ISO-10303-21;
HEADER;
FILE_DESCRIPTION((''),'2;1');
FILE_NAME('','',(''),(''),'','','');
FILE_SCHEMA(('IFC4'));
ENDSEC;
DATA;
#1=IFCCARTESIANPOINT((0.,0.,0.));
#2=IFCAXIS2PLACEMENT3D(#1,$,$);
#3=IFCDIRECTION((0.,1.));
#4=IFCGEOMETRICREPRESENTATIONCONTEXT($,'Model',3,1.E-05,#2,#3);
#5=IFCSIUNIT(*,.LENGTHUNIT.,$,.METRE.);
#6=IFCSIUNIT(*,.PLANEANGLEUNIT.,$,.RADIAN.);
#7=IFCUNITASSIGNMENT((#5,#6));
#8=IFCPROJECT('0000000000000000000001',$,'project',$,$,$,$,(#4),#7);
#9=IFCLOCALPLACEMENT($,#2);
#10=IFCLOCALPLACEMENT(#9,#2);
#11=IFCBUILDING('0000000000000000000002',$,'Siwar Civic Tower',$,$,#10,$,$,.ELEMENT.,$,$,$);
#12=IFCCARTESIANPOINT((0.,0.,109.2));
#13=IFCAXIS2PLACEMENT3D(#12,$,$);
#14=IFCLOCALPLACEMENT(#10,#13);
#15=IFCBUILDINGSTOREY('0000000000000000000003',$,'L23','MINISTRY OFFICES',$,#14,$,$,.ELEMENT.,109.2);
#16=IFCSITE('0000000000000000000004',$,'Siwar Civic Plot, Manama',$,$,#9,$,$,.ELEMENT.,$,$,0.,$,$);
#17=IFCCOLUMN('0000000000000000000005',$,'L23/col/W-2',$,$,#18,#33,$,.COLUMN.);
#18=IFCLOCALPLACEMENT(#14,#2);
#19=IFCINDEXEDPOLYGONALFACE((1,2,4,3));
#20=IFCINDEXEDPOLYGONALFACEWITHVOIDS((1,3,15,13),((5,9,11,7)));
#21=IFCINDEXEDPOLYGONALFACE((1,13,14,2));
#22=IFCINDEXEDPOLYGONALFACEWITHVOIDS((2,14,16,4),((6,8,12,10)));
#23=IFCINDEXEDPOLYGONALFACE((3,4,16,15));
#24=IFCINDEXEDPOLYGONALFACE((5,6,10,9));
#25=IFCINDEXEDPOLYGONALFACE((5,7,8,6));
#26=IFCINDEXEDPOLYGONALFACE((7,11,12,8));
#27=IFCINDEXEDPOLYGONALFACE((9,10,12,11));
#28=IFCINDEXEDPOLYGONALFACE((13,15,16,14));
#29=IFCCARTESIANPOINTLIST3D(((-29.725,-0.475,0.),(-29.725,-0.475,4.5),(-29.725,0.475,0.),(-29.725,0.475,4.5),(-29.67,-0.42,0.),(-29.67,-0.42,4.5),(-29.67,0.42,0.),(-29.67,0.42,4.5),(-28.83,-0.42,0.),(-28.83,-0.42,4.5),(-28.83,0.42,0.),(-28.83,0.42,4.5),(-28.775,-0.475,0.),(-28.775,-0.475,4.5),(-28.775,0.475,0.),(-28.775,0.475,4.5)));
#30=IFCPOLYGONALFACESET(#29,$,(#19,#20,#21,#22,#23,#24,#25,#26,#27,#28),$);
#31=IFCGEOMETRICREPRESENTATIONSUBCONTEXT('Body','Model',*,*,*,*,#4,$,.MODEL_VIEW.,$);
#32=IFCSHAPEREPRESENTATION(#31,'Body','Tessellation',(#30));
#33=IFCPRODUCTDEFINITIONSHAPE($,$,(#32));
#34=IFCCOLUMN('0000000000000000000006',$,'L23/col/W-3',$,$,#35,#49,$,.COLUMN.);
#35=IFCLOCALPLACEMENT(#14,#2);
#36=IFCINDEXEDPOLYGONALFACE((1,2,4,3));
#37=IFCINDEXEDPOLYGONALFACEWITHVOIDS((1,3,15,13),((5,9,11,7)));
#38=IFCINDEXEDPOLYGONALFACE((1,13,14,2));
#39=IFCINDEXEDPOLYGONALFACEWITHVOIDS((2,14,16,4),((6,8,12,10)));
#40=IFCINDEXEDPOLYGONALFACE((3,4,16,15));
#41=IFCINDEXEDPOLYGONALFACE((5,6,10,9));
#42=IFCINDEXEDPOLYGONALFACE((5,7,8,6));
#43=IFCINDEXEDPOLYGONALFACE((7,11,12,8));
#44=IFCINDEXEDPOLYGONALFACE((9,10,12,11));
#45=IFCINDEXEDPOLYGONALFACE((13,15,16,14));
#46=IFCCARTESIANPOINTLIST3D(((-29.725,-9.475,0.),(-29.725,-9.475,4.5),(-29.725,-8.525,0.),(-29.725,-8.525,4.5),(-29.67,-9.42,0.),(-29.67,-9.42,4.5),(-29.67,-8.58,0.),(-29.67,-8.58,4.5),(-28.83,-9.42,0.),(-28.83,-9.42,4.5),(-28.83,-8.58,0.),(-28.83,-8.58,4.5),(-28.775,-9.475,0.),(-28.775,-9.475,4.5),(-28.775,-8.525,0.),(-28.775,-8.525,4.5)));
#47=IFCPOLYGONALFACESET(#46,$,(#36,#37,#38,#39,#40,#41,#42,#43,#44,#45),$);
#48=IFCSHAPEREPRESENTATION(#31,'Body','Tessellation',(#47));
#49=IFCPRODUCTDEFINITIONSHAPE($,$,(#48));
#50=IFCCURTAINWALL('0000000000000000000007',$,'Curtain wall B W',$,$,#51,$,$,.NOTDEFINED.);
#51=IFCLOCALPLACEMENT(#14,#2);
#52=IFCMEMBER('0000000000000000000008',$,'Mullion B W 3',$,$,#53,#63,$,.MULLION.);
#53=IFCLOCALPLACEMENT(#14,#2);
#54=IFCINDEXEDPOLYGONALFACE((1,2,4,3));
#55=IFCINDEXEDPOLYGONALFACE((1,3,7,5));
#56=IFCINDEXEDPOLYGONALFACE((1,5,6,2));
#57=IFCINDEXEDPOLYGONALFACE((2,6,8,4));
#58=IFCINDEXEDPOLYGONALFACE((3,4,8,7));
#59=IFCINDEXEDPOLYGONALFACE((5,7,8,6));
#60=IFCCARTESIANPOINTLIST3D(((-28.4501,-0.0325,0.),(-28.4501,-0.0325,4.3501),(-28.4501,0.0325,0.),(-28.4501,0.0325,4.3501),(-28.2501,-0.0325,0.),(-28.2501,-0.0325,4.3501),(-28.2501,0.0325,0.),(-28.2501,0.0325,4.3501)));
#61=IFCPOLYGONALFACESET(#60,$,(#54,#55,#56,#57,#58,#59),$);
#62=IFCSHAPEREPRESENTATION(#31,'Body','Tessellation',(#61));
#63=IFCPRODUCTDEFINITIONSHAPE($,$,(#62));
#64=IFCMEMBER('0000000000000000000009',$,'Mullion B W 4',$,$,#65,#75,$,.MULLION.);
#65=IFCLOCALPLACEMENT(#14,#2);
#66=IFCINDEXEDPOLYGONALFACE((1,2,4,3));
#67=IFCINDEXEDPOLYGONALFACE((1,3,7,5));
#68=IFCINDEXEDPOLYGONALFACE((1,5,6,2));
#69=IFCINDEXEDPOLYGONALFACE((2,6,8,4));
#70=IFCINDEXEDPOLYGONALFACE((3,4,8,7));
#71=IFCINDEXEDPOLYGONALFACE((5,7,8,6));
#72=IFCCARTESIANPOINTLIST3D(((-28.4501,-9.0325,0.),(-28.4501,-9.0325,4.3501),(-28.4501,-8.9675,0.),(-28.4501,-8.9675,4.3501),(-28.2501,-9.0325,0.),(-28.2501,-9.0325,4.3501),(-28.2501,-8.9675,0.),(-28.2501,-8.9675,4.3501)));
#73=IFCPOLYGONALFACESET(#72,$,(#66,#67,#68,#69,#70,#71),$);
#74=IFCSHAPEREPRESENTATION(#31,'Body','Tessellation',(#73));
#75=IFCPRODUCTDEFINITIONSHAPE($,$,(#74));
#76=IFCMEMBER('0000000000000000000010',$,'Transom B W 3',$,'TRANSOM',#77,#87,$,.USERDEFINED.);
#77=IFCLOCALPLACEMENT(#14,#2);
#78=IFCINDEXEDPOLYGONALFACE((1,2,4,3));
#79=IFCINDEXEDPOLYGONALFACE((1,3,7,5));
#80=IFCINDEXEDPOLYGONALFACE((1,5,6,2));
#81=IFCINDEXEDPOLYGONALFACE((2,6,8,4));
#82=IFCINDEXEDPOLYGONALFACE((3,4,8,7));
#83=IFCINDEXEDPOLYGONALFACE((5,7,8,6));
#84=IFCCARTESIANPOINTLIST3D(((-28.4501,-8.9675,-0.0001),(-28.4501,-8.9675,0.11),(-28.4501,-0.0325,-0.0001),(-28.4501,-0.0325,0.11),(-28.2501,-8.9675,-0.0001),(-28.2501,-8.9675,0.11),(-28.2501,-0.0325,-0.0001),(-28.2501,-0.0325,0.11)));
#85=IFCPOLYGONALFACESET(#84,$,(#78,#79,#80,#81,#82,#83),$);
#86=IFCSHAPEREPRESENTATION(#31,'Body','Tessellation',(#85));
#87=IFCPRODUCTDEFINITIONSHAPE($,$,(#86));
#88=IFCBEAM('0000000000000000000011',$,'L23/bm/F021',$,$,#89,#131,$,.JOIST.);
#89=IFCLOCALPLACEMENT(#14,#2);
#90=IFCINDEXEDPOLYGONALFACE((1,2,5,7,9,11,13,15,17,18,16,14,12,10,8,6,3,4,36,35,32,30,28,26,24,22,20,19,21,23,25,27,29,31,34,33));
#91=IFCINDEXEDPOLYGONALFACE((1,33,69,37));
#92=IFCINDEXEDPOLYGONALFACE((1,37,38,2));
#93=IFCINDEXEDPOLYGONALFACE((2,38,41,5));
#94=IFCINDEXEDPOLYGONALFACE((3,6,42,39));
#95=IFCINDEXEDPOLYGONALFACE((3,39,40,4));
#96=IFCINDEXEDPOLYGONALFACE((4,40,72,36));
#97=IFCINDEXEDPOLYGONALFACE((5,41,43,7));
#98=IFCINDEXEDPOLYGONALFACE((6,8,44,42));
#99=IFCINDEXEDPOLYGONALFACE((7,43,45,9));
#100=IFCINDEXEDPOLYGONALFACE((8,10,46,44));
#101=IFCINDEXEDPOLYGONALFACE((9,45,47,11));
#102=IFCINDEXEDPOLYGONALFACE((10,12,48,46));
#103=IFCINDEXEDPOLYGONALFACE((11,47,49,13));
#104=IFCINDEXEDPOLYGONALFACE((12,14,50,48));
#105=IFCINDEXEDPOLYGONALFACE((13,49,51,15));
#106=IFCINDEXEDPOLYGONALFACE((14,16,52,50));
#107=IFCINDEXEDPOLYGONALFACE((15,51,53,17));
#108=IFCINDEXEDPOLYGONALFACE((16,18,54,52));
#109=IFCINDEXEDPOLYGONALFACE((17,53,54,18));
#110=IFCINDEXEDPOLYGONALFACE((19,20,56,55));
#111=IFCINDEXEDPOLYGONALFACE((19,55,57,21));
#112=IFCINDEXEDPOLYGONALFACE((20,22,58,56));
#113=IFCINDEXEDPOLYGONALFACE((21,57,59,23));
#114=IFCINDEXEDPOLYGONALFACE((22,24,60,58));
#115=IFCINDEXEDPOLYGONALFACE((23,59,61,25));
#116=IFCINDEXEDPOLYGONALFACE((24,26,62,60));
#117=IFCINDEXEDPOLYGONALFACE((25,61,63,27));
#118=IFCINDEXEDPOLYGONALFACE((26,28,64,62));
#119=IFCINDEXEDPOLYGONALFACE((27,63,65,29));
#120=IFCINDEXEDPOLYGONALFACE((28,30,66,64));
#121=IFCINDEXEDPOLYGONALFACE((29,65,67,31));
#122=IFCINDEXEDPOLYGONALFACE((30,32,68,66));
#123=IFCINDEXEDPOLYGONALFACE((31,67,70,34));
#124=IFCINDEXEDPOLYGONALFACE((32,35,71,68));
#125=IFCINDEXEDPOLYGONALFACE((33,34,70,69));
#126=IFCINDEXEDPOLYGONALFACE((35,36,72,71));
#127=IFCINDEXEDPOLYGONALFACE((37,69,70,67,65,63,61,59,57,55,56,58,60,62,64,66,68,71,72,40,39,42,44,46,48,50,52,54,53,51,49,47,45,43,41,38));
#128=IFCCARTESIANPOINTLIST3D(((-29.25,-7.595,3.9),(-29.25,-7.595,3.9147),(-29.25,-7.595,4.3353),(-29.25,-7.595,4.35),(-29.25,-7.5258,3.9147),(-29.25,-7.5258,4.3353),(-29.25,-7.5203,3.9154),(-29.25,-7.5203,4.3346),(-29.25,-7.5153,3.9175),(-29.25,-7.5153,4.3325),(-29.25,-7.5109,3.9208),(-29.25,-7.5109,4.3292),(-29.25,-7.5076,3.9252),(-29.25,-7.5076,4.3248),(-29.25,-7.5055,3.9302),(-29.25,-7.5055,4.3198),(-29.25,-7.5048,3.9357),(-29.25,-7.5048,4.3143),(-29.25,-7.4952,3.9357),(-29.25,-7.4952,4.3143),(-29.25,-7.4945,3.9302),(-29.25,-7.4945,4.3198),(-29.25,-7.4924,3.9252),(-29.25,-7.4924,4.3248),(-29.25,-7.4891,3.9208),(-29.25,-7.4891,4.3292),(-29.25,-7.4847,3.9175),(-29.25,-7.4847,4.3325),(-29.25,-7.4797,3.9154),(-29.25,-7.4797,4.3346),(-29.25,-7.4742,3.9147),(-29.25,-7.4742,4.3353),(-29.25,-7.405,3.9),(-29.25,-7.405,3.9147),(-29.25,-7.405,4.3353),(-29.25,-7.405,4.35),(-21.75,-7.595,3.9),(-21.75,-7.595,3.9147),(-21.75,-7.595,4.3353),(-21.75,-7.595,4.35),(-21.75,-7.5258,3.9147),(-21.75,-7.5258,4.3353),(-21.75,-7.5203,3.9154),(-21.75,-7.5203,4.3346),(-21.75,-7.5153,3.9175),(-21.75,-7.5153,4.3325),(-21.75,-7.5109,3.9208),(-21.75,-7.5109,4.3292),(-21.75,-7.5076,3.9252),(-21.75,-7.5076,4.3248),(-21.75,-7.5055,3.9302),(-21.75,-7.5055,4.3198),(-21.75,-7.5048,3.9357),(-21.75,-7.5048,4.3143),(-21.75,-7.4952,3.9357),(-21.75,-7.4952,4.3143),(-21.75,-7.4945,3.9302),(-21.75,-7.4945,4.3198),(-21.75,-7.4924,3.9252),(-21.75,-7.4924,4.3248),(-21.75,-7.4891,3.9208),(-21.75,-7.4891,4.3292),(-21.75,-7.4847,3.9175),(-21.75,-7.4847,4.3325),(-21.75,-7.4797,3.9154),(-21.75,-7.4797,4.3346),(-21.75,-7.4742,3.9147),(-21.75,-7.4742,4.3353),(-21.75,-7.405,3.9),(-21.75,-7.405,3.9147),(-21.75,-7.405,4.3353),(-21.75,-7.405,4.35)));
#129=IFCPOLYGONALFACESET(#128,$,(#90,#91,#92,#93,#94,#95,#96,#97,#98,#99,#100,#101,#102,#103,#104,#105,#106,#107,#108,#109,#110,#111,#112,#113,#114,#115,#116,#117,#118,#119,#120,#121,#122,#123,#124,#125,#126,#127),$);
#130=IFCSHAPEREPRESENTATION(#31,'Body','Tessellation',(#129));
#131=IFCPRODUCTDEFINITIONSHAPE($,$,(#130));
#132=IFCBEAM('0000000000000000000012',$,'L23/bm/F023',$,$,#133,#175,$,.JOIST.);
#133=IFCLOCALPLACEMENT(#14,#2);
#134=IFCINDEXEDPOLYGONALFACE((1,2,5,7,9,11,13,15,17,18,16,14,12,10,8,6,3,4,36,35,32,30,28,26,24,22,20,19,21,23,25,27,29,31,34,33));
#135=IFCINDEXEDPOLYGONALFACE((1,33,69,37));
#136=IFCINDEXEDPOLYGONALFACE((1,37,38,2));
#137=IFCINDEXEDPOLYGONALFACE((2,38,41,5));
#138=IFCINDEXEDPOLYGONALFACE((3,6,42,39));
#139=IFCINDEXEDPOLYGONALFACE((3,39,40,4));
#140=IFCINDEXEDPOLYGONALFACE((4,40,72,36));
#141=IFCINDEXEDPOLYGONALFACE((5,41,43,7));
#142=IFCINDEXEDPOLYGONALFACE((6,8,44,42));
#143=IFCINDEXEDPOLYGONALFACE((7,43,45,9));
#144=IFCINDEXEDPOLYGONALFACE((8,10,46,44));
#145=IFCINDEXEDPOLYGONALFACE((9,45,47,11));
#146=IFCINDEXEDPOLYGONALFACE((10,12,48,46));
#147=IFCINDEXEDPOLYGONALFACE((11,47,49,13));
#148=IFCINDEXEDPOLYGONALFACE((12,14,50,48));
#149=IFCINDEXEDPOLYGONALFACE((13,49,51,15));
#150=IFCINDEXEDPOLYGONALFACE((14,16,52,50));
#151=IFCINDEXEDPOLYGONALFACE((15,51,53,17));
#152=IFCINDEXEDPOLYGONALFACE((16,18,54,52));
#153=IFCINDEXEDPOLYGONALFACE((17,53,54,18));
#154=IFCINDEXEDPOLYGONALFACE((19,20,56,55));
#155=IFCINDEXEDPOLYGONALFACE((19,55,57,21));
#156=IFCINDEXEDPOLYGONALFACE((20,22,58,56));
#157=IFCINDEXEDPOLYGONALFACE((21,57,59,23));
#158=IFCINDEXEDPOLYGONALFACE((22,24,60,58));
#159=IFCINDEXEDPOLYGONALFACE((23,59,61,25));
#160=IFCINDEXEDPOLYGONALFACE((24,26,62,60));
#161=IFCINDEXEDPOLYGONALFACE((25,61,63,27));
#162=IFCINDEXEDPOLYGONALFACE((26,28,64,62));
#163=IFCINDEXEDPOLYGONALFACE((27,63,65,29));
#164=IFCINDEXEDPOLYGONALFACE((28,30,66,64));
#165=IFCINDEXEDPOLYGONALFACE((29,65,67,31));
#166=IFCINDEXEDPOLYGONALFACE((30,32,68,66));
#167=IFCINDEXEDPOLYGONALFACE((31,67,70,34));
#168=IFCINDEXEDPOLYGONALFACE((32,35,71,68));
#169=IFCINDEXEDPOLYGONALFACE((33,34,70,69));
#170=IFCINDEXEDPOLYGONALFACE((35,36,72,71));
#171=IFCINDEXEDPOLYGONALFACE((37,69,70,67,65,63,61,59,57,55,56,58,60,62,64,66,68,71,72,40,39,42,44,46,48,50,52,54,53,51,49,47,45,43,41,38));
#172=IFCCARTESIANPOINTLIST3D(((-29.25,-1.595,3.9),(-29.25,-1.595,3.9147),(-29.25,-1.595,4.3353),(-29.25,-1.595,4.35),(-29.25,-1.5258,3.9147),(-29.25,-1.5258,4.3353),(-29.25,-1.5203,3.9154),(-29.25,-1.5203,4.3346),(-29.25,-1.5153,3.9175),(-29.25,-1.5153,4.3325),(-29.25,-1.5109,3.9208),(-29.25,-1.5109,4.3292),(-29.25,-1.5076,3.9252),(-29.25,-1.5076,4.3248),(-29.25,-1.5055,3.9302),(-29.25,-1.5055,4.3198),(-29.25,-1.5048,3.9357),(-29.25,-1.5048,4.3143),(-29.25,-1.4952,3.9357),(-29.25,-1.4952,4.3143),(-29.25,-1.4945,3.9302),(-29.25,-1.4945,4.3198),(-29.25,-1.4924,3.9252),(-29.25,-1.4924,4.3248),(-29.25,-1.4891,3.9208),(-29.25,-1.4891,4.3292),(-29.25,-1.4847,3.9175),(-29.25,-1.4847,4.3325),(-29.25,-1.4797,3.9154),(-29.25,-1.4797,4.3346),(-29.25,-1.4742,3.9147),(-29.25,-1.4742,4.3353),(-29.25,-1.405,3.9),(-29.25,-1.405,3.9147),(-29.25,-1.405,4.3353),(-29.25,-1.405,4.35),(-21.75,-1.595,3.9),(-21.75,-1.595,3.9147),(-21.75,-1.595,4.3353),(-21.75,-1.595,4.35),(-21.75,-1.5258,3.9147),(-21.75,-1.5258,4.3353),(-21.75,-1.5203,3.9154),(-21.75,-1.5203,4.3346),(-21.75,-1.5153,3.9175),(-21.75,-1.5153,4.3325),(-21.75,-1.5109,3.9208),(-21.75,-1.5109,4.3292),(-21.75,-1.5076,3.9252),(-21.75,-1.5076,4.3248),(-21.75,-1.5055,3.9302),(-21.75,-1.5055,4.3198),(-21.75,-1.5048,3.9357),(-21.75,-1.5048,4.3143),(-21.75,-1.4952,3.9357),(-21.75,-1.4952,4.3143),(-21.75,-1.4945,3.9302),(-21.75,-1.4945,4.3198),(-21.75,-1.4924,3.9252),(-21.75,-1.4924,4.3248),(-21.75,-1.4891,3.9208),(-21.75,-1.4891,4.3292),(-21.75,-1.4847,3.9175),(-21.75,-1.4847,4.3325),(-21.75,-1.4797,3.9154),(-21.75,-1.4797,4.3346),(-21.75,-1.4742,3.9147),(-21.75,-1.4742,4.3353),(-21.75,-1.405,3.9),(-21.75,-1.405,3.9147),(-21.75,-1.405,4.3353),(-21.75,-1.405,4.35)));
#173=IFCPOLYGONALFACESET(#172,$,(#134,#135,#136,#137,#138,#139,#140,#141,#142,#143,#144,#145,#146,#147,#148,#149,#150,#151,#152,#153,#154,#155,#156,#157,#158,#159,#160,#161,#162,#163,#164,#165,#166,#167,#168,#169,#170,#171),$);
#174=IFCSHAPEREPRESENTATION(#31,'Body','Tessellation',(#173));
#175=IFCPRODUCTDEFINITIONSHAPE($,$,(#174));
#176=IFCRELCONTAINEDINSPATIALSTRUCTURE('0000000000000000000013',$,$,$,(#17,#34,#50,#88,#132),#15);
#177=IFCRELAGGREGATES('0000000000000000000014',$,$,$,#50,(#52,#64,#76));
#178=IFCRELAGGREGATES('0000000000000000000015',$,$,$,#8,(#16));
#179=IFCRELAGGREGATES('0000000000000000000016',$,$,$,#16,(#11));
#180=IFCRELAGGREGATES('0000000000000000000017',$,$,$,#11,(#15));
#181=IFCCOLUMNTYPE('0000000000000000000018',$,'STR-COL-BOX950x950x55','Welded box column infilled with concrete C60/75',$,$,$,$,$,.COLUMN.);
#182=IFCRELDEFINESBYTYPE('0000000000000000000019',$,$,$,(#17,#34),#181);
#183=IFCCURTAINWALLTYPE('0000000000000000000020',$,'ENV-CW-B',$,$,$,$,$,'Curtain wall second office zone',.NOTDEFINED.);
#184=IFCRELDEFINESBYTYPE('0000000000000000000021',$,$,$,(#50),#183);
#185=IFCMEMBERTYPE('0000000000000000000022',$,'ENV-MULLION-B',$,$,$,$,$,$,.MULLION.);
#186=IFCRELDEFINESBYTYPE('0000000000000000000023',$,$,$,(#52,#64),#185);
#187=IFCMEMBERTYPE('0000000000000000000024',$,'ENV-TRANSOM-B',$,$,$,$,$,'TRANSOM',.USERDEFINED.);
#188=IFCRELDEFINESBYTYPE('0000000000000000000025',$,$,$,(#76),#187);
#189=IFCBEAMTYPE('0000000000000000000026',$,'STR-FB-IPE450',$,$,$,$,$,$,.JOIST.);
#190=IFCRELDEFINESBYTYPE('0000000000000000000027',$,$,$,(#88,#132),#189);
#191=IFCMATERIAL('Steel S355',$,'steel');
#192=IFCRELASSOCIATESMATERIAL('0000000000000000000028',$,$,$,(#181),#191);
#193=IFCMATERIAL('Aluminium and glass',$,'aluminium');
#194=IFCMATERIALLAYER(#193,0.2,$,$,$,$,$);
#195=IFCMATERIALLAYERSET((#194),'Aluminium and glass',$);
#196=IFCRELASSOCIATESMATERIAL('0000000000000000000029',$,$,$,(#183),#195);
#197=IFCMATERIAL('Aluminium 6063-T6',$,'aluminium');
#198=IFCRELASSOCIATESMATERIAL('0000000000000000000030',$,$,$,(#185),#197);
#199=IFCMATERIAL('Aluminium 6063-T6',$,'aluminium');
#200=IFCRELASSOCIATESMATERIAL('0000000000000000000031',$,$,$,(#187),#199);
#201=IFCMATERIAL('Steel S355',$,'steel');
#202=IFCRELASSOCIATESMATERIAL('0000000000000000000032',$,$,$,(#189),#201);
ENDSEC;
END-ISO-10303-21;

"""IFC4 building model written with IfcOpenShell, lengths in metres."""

from ifc_helpers import new_model, si_unit, direction, frame, origin, origin_2d, place, context, subcontext, project, spatial, rectangle, hollow_rectangle, i_section, extrude, material, layer, layer_set, material_profile, profile_set, type_object, element, aggregate, save


model = new_model("IFC4")

# Units and contexts
model_context = context("Model", 3, precision=1e-05, world=origin(), true_north=direction((0.0, 1.0)))
body_context = subcontext(model_context, "Body", "Model", "MODEL_VIEW")
ifc_project = project(units=[si_unit("LENGTHUNIT", "METRE"), si_unit("PLANEANGLEUNIT", "RADIAN")], contexts=[model_context])

# Site, building, storey
site_placement = place(None, origin())
site = spatial("IfcSite", under=ifc_project, at=site_placement, Name="Siwar Civic Plot, Manama", CompositionType="ELEMENT", RefElevation=0.0)
building_placement = place(site_placement, origin())
building = spatial("IfcBuilding", under=site, at=building_placement, Name="Siwar Civic Tower", CompositionType="ELEMENT")
storey_placement = place(building_placement, frame((0.0, 0.0, 109.2)))
storey = spatial("IfcBuildingStorey", under=building, at=storey_placement, Name="L23", Description="MINISTRY OFFICES", CompositionType="ELEMENT", Elevation=109.2)

# Columns
ifc_material_1 = material(Name="Steel S355", Category="steel")
ifc_material_profile_1 = material_profile(ifc_material_1, hollow_rectangle(XDim=0.95, YDim=0.95, WallThickness=0.0549, at=origin_2d()), Name="BOX950x950x55")
ifc_profile_set_1 = profile_set([ifc_material_profile_1], Name="Steel S355")
column_type = type_object("IfcColumnType", Name="STR-COL-BOX950x950x55", Description="Welded box column infilled with concrete C60/75", PredefinedType="COLUMN", material=ifc_profile_set_1)
for number, where, z_axis, x_axis, name in (
    (1, (-29.25, 0.0, 0.0), (0.0, 0.0, 1.0), (1.0, 0.0, 0.0), "L23/col/W-2"),
    (2, (-29.25, -9.0, 0.0), (0.0, 0.0, 1.0), (1.0, 0.0, 0.0), "L23/col/W-3"),
):
    element("IfcColumn", number, at=place(storey_placement, frame(where, z_axis=z_axis, x_axis=x_axis)), inside=storey, type_object=column_type, Name=name, PredefinedType="COLUMN", context=body_context, shape_type="SweptSolid", body=[
        extrude(hollow_rectangle(XDim=0.95, YDim=0.95, WallThickness=0.0549, at=origin_2d()), origin(), (0.0, 0.0, 1.0), 4.5),
    ])

# Curtain wall, members
ifc_material_2 = material(Name="Aluminium and glass", Category="aluminium")
ifc_layer_1 = layer(ifc_material_2, 0.2)
ifc_layer_set_1 = layer_set([ifc_layer_1], Name="Aluminium and glass")
curtain_wall_type = type_object("IfcCurtainWallType", Name="ENV-CW-B", ElementType="Curtain wall second office zone", PredefinedType="NOTDEFINED", material=ifc_layer_set_1)
curtain_wall_placement = place(storey_placement, origin())
curtain_wall = element("IfcCurtainWall", 3, at=curtain_wall_placement, inside=storey, type_object=curtain_wall_type, Name="Curtain wall B W", PredefinedType="NOTDEFINED")
ifc_material_3 = material(Name="Aluminium 6063-T6", Category="aluminium")
ifc_material_profile_2 = material_profile(ifc_material_3, rectangle(XDim=0.2, YDim=0.0649, at=origin_2d()), Name="AL 200x65")
ifc_profile_set_2 = profile_set([ifc_material_profile_2], Name="Aluminium 6063-T6")
member_type_1 = type_object("IfcMemberType", Name="ENV-MULLION-B", PredefinedType="MULLION", material=ifc_profile_set_2)
member_1_placement = place(storey_placement, frame((-28.3501, 0.0, 0.0), z_axis=(0.0, 0.0, 1.0), x_axis=(1.0, 0.0, 0.0)))
member_1 = element("IfcMember", 4, at=member_1_placement, type_object=member_type_1, Name="Mullion B W 3", PredefinedType="MULLION", context=body_context, shape_type="SweptSolid", body=[
    extrude(rectangle(XDim=0.2, YDim=0.0649, at=origin_2d()), origin(), (0.0, 0.0, 1.0), 4.3501),
])
member_2_placement = place(storey_placement, frame((-28.3501, -9.0, 0.0), z_axis=(0.0, 0.0, 1.0), x_axis=(1.0, 0.0, 0.0)))
member_2 = element("IfcMember", 5, at=member_2_placement, type_object=member_type_1, Name="Mullion B W 4", PredefinedType="MULLION", context=body_context, shape_type="SweptSolid", body=[
    extrude(rectangle(XDim=0.2, YDim=0.0649, at=origin_2d()), origin(), (0.0, 0.0, 1.0), 4.3501),
])
ifc_material_4 = material(Name="Aluminium 6063-T6", Category="aluminium")
ifc_material_profile_3 = material_profile(ifc_material_4, rectangle(XDim=0.2, YDim=0.1101, at=origin_2d()), Name="AL 200x110")
ifc_profile_set_3 = profile_set([ifc_material_profile_3], Name="Aluminium 6063-T6")
member_type_2 = type_object("IfcMemberType", Name="ENV-TRANSOM-B", ElementType="TRANSOM", PredefinedType="USERDEFINED", material=ifc_profile_set_3)
member_3_placement = place(storey_placement, frame((-28.3501, -0.0325, 0.0549), z_axis=(0.0, -1.0, 0.0), x_axis=(1.0, 0.0, 0.0)))
member_3 = element("IfcMember", 6, at=member_3_placement, type_object=member_type_2, Name="Transom B W 3", ObjectType="TRANSOM", PredefinedType="USERDEFINED", context=body_context, shape_type="SweptSolid", body=[
    extrude(rectangle(XDim=0.2, YDim=0.1101, at=origin_2d()), origin(), (0.0, 0.0, 1.0), 8.9351),
])

# Beams
ifc_material_5 = material(Name="Steel S355", Category="steel")
ifc_material_profile_4 = material_profile(ifc_material_5, i_section(OverallWidth=0.1899, OverallDepth=0.45, WebThickness=0.0095, FlangeThickness=0.0146, FilletRadius=0.021, at=origin_2d()), Name="IPE450")
ifc_profile_set_4 = profile_set([ifc_material_profile_4], Name="Steel S355")
beam_type_1 = type_object("IfcBeamType", Name="STR-FB-IPE450", PredefinedType="JOIST", material=ifc_profile_set_4)
for number, where, z_axis, x_axis, name in (
    (7, (-29.25, -7.5, 4.125), (1.0, 0.0, 0.0), (0.0, 1.0, 0.0), "L23/bm/F021"),
    (8, (-29.25, -1.5, 4.125), (1.0, 0.0, 0.0), (0.0, 1.0, 0.0), "L23/bm/F023"),
):
    element("IfcBeam", number, at=place(storey_placement, frame(where, z_axis=z_axis, x_axis=x_axis)), inside=storey, type_object=beam_type_1, Name=name, PredefinedType="JOIST", context=body_context, shape_type="SweptSolid", body=[
        extrude(i_section(OverallWidth=0.1899, OverallDepth=0.45, WebThickness=0.0095, FlangeThickness=0.0146, FilletRadius=0.021, at=origin_2d()), origin(), (0.0, 0.0, 1.0), 7.5),
    ])

aggregate(curtain_wall, [member_1, member_2, member_3])

save(model, "model.ifc")
